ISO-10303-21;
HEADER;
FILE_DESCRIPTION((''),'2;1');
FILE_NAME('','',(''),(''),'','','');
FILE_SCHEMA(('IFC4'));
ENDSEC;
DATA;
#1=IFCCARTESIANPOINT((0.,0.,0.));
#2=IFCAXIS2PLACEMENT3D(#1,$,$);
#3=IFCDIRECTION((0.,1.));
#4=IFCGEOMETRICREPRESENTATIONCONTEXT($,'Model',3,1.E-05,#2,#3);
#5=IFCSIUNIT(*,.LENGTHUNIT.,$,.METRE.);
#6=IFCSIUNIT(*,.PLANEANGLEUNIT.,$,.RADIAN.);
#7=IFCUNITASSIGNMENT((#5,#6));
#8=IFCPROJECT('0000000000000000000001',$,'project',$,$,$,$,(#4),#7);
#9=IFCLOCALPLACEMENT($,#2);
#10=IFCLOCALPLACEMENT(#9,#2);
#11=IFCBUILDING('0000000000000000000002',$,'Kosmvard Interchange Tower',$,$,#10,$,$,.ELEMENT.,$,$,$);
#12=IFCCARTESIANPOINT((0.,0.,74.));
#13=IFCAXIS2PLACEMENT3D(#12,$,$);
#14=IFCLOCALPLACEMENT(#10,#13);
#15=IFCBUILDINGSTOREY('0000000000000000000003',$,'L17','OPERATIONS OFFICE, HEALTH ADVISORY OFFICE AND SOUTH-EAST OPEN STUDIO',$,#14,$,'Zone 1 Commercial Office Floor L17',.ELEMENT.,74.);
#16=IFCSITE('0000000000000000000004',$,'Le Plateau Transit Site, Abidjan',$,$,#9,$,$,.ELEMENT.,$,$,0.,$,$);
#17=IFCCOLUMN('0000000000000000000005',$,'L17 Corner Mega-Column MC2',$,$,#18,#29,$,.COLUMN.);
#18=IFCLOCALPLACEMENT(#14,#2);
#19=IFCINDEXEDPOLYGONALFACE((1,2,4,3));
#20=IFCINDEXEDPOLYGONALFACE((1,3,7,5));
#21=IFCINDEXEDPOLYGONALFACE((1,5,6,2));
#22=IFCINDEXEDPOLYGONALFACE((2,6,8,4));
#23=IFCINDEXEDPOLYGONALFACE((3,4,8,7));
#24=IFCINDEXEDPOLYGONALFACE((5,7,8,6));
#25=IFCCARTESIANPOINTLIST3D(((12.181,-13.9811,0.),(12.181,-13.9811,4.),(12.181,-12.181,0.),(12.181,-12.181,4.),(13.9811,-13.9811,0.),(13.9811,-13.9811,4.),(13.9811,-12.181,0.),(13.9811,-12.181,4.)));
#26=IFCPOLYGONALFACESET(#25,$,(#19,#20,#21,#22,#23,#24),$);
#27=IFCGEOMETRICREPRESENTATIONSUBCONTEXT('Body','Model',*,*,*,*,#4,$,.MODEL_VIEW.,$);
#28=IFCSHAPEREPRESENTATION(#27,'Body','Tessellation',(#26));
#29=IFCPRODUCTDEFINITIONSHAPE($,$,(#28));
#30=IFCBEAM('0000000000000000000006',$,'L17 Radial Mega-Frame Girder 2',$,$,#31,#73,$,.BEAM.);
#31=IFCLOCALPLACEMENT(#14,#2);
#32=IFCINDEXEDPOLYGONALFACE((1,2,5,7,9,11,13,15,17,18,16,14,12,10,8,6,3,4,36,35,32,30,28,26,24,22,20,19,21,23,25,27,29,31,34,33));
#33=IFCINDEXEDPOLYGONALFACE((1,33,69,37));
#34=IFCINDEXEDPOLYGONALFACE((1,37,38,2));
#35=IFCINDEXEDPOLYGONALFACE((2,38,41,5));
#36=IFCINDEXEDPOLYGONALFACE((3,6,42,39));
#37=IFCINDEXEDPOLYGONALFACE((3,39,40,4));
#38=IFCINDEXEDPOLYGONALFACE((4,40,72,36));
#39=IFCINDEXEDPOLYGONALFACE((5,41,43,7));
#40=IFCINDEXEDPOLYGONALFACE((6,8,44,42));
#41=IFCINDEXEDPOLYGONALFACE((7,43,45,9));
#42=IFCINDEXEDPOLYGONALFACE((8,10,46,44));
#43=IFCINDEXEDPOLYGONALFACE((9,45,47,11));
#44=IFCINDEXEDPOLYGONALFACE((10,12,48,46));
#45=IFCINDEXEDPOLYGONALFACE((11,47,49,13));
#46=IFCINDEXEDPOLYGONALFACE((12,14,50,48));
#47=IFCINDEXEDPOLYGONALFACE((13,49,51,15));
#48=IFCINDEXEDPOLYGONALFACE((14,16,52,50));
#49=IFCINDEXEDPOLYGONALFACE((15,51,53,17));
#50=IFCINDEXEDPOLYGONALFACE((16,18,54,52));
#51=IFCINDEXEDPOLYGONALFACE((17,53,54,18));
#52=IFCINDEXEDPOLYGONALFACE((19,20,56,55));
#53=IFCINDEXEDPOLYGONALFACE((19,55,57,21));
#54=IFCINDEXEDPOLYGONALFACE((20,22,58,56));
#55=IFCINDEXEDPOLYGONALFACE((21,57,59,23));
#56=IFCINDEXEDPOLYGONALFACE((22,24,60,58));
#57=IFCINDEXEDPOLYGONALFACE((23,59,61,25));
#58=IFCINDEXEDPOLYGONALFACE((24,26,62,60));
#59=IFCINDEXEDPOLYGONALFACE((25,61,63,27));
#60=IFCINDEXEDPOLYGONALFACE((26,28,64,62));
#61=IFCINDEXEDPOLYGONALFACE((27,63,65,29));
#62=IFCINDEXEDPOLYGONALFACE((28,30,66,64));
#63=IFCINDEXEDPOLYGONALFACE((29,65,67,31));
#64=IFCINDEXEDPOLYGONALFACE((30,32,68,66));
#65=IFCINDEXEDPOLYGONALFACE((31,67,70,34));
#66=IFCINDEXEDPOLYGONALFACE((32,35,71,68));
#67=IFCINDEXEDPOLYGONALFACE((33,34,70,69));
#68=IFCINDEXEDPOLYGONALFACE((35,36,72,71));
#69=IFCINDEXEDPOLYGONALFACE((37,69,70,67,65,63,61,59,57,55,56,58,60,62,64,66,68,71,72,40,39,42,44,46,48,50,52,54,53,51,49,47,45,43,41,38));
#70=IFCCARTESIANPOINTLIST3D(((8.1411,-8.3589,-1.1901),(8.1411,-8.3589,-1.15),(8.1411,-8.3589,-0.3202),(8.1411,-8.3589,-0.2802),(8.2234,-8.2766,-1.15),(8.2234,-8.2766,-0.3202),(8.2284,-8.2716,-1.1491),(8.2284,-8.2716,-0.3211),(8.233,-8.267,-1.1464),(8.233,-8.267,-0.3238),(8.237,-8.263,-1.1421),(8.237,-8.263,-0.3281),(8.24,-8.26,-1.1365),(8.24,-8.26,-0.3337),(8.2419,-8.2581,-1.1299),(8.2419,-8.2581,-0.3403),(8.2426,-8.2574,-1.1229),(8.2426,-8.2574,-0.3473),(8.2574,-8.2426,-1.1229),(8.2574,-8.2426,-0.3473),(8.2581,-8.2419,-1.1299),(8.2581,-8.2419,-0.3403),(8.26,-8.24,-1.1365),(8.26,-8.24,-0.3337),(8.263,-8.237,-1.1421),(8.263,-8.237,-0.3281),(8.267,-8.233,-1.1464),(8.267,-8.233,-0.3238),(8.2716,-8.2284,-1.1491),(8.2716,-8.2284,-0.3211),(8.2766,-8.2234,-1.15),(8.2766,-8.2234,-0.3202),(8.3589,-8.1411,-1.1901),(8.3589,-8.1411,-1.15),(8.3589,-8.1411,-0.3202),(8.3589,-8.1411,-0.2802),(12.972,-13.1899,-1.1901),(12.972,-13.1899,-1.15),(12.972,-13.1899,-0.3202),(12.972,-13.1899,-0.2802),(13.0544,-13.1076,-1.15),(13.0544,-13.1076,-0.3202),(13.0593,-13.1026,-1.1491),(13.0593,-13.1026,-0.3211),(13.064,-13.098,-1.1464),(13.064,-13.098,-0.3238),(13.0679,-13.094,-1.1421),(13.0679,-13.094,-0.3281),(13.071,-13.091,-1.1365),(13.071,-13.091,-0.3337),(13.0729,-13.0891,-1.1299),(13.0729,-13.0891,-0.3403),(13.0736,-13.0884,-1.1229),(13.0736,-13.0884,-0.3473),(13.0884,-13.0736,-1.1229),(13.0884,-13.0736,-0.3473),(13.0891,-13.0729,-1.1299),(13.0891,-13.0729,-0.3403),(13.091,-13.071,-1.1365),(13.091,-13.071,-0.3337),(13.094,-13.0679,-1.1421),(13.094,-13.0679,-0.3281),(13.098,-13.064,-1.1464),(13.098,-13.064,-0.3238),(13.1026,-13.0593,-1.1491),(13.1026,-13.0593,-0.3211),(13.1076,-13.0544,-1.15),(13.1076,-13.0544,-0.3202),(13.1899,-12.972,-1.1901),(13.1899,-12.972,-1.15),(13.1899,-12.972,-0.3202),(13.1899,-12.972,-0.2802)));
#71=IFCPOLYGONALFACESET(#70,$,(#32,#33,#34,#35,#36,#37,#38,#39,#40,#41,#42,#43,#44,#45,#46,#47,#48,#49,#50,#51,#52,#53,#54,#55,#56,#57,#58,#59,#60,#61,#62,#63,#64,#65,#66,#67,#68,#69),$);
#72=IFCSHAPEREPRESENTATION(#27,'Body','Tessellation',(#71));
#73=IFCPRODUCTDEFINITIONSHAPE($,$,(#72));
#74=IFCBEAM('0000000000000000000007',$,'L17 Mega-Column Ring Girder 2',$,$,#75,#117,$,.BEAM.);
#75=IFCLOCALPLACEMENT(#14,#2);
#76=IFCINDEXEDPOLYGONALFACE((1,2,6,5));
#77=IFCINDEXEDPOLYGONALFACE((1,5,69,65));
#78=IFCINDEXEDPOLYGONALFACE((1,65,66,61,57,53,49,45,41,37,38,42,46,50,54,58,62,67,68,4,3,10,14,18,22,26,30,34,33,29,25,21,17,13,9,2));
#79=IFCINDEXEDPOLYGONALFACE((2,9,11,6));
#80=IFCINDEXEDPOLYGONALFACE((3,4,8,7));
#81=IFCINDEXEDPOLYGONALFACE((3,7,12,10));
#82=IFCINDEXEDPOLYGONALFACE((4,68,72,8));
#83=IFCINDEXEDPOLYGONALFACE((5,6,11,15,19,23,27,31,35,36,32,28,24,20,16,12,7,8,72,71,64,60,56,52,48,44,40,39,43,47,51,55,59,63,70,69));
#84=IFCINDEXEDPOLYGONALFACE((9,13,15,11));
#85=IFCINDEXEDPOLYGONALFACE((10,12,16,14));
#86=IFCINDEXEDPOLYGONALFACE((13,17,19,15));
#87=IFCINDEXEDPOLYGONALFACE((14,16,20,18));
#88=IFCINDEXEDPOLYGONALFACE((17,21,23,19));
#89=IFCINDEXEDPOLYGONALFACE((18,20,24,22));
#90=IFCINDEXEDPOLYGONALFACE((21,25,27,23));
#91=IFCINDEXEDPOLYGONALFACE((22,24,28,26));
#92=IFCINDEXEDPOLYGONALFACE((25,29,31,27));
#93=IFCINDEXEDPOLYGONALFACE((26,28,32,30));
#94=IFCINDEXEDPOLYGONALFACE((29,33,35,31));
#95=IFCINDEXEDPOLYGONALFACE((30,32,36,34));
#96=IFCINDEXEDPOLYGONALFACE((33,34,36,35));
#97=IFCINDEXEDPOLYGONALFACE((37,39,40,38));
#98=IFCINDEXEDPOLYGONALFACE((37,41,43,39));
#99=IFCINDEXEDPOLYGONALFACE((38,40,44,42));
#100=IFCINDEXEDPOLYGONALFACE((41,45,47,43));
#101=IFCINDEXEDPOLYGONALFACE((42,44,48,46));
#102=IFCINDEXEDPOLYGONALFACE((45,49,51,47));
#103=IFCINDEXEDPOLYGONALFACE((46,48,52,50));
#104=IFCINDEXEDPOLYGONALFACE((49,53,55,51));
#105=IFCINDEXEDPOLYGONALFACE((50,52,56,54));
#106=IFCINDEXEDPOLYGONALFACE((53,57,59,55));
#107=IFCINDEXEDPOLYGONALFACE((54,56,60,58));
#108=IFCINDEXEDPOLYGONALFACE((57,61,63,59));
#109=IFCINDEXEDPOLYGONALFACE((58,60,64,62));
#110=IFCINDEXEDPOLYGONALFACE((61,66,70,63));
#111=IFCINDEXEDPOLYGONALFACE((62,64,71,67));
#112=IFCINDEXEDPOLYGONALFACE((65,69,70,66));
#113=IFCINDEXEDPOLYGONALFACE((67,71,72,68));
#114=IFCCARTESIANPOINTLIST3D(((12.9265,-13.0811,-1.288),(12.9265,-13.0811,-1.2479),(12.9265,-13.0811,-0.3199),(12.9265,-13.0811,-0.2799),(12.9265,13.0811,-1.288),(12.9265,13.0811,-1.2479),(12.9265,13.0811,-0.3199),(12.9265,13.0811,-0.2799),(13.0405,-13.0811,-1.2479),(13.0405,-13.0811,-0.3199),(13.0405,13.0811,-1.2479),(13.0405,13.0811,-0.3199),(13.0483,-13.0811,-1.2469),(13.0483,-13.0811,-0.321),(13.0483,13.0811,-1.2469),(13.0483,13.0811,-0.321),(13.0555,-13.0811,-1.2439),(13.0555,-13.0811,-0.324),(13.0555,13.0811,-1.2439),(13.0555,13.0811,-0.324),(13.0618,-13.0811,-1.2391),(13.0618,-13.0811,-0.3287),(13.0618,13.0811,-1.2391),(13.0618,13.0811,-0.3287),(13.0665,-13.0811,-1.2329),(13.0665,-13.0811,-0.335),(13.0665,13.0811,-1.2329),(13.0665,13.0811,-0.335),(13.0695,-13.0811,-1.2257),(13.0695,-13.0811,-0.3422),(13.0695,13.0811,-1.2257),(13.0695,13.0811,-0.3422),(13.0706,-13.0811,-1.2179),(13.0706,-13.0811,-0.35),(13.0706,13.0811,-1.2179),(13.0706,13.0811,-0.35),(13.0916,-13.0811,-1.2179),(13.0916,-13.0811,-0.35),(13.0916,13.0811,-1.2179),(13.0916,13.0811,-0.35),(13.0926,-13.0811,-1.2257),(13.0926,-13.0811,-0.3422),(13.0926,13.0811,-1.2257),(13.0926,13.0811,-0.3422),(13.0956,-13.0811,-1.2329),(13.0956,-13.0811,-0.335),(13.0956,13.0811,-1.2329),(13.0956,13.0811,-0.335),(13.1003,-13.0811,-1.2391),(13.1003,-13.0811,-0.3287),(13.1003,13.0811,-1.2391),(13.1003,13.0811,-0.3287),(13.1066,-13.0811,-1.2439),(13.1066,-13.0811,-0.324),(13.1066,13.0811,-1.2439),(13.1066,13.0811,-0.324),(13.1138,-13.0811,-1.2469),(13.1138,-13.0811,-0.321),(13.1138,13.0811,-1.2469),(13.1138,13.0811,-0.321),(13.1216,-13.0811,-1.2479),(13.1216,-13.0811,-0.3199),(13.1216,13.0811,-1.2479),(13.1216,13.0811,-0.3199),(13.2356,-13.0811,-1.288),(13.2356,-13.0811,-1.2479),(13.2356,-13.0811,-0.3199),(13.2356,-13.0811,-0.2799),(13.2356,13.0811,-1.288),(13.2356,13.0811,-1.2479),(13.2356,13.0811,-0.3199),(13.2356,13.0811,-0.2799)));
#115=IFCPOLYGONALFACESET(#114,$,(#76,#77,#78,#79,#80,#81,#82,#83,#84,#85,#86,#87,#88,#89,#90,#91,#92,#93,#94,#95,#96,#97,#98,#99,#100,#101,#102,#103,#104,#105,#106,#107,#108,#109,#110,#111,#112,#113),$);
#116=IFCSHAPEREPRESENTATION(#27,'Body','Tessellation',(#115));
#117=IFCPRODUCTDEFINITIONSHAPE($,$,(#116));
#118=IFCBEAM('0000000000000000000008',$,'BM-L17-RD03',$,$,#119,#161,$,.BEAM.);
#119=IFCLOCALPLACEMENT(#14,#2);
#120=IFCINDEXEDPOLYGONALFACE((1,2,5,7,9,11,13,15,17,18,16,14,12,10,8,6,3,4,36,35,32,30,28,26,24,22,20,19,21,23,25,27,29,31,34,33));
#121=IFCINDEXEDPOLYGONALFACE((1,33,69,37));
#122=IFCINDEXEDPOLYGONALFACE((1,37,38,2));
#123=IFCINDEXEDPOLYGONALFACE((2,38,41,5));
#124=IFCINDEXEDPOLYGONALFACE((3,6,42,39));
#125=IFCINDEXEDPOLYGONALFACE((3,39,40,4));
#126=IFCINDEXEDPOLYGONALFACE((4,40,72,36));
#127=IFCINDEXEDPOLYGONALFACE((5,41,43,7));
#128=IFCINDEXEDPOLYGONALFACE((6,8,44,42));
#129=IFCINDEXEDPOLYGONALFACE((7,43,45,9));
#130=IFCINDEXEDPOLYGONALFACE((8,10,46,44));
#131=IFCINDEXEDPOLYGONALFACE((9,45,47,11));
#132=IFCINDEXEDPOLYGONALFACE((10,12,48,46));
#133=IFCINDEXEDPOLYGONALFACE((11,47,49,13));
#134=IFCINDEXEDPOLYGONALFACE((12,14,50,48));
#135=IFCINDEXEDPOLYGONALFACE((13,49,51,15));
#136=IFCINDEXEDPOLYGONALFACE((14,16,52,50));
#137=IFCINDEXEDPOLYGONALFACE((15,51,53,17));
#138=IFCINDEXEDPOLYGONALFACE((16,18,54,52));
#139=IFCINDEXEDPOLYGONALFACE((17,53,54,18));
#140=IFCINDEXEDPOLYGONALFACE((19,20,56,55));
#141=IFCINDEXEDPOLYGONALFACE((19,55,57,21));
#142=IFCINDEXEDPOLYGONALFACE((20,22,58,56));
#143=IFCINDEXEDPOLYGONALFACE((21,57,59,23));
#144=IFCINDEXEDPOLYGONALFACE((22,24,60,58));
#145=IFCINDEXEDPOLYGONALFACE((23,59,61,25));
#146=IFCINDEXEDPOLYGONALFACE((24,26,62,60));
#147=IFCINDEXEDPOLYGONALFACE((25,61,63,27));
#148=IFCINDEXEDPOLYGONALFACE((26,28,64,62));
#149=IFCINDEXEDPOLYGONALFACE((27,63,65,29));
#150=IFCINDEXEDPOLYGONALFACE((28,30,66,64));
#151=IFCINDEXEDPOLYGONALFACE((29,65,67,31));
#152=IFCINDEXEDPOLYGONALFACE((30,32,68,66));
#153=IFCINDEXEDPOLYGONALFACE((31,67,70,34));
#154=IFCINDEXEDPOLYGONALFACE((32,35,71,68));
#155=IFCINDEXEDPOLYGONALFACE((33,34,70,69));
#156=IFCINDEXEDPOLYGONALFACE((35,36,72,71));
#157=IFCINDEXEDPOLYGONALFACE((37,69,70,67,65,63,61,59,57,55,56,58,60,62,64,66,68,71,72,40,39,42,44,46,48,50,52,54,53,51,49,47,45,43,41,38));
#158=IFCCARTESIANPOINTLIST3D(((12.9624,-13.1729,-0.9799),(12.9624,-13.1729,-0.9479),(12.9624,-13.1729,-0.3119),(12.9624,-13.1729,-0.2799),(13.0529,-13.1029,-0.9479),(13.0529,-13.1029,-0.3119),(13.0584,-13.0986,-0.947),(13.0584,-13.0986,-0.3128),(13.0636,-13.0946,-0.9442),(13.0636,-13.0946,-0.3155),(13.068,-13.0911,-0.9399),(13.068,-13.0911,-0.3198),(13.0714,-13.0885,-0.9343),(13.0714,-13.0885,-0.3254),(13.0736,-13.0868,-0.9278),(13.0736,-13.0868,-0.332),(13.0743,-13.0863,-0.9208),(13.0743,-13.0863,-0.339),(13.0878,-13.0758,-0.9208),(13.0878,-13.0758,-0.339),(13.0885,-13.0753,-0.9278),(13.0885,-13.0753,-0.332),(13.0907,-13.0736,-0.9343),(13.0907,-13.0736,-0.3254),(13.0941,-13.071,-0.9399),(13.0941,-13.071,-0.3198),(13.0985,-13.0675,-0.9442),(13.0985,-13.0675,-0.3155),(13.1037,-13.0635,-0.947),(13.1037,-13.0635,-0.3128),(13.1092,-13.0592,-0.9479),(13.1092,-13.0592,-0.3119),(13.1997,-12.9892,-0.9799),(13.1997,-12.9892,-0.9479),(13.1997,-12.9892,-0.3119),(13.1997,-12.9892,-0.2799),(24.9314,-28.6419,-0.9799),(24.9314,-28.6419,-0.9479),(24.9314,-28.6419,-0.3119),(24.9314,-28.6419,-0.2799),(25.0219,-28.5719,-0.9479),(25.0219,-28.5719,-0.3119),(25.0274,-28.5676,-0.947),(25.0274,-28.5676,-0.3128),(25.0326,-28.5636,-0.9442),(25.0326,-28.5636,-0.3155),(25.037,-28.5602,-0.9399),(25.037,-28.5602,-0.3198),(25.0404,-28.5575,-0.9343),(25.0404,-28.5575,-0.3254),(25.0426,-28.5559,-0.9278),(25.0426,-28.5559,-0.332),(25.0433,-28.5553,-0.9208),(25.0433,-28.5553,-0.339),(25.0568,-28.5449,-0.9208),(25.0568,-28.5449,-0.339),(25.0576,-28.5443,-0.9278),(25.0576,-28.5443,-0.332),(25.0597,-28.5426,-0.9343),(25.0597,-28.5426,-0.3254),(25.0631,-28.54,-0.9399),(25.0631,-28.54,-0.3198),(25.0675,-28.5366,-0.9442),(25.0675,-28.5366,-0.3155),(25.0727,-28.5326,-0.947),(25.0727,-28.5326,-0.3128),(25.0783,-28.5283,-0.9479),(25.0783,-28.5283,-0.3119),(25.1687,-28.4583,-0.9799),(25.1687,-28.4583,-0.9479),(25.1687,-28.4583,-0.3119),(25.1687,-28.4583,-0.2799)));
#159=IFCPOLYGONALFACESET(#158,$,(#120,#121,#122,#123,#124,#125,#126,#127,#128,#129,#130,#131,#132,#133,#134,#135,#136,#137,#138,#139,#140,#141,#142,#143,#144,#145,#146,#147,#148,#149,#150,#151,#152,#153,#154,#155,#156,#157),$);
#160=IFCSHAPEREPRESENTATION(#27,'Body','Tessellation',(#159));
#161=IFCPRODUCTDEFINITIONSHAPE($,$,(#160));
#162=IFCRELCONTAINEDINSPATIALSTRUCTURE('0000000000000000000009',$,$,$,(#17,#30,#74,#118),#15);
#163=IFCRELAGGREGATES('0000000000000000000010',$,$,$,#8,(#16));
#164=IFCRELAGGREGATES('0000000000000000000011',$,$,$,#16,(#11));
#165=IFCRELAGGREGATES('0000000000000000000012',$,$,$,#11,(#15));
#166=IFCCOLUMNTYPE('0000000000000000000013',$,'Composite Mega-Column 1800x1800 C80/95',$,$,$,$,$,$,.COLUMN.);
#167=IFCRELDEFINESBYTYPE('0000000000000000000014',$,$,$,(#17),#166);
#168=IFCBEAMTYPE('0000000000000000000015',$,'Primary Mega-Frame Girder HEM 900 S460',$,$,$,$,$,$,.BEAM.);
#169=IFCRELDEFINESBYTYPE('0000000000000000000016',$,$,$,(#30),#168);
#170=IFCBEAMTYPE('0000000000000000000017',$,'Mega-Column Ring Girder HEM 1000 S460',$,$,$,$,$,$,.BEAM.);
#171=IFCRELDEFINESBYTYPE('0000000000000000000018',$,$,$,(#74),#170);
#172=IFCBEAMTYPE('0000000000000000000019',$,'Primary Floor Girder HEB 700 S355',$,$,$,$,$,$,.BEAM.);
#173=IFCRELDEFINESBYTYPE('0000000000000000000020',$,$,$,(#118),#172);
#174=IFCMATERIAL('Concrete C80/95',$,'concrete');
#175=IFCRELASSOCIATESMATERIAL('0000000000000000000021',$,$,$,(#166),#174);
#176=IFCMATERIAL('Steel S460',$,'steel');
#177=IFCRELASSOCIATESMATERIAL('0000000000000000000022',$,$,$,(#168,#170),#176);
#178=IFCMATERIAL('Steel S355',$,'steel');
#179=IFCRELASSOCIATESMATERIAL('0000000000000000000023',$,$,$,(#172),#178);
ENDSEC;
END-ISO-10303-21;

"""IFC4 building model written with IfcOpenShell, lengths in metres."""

from ifc_helpers import new_model, si_unit, direction, frame, origin, origin_2d, place, context, subcontext, project, spatial, rectangle, i_section, extrude, source, transform, mapped, material, material_profile, profile_set, type_object, element, save


model = new_model("IFC4")

# Units and contexts
model_context = context("Model", 3, precision=1e-05, world=origin(), true_north=direction((0.0, 1.0)))
body_context = subcontext(model_context, "Body", "Model", "MODEL_VIEW")
ifc_project = project(units=[si_unit("LENGTHUNIT", "METRE"), si_unit("PLANEANGLEUNIT", "RADIAN")], contexts=[model_context])

# Site, building, storey
site_placement = place(None, origin())
site = spatial("IfcSite", under=ifc_project, at=site_placement, Name="Le Plateau Transit Site, Abidjan", CompositionType="ELEMENT", RefElevation=0.0)
building_placement = place(site_placement, origin())
building = spatial("IfcBuilding", under=site, at=building_placement, Name="Kosmvard Interchange Tower", CompositionType="ELEMENT")
storey_placement = place(building_placement, frame((0.0, 0.0, 74.0)))
storey = spatial("IfcBuildingStorey", under=building, at=storey_placement, Name="L17", Description="OPERATIONS OFFICE, HEALTH ADVISORY OFFICE AND SOUTH-EAST OPEN STUDIO", LongName="Zone 1 Commercial Office Floor L17", CompositionType="ELEMENT", Elevation=74.0)

# Column
ifc_material_1 = material(Name="Concrete C80/95", Category="concrete")
ifc_material_profile_1 = material_profile(ifc_material_1, rectangle(XDim=1.8, YDim=1.8, at=origin_2d()), Name="MC 1800x1800")
ifc_profile_set_1 = profile_set([ifc_material_profile_1], Name="Concrete C80/95")
column_type = type_object("IfcColumnType", Name="Composite Mega-Column 1800x1800 C80/95", PredefinedType="COLUMN", material=ifc_profile_set_1)
shared_shape_1 = source(origin(), body_context, "Body", "SweptSolid", [
    extrude(rectangle(XDim=1.8, YDim=1.8, at=origin_2d()), origin(), (0.0, 0.0, 1.0), 4.0),
])
column_placement = place(storey_placement, frame((13.0811, -13.0811, 0.0), z_axis=(0.0, 0.0, 1.0), x_axis=(1.0, 0.0, 0.0)))
element("IfcColumn", 1, at=column_placement, inside=storey, type_object=column_type, Name="L17 Corner Mega-Column MC2", PredefinedType="COLUMN", context=body_context, shape_type="MappedRepresentation", body=[
    mapped(shared_shape_1, transform((0.0, 0.0, 0.0), scale=1.0)),
])

# Beams
ifc_material_2 = material(Name="Steel S460", Category="steel")
ifc_material_profile_2 = material_profile(ifc_material_2, i_section(OverallWidth=0.3081, OverallDepth=0.9099, WebThickness=0.021, FlangeThickness=0.04, FilletRadius=0.0271, at=origin_2d()), Name="HEM 900")
ifc_profile_set_2 = profile_set([ifc_material_profile_2], Name="Steel S460")
beam_type_1 = type_object("IfcBeamType", Name="Primary Mega-Frame Girder HEM 900 S460", PredefinedType="BEAM", material=ifc_profile_set_2)
shared_shape_2 = source(origin(), body_context, "Body", "SweptSolid", [
    extrude(i_section(OverallWidth=0.3081, OverallDepth=0.9099, WebThickness=0.021, FlangeThickness=0.04, FilletRadius=0.0271, at=origin_2d()), origin(), (0.0, 0.0, 1.0), 6.832),
])
beam_1_placement = place(storey_placement, frame((8.25, -8.25, -0.7351), z_axis=(0.707107, -0.707107, 0.0), x_axis=(0.707107, 0.707107, 0.0)))
element("IfcBeam", 2, at=beam_1_placement, inside=storey, type_object=beam_type_1, Name="L17 Radial Mega-Frame Girder 2", PredefinedType="BEAM", context=body_context, shape_type="MappedRepresentation", body=[
    mapped(shared_shape_2, transform((0.0, 0.0, 0.0), scale=1.0)),
])
ifc_material_profile_3 = material_profile(ifc_material_2, i_section(OverallWidth=0.3091, OverallDepth=1.0081, WebThickness=0.021, FlangeThickness=0.04, FilletRadius=0.03, at=origin_2d()), Name="HEM 1000")
ifc_profile_set_3 = profile_set([ifc_material_profile_3], Name="Steel S460")
beam_type_2 = type_object("IfcBeamType", Name="Mega-Column Ring Girder HEM 1000 S460", PredefinedType="BEAM", material=ifc_profile_set_3)
shared_shape_3 = source(origin(), body_context, "Body", "SweptSolid", [
    extrude(i_section(OverallWidth=0.3091, OverallDepth=1.0081, WebThickness=0.021, FlangeThickness=0.04, FilletRadius=0.03, at=origin_2d()), origin(), (0.0, 0.0, 1.0), 26.1621),
])
beam_2_placement = place(storey_placement, frame((13.0811, -13.0811, -0.7839), z_axis=(0.0, 1.0, 0.0), x_axis=(-1.0, 0.0, 0.0)))
element("IfcBeam", 3, at=beam_2_placement, inside=storey, type_object=beam_type_2, Name="L17 Mega-Column Ring Girder 2", PredefinedType="BEAM", context=body_context, shape_type="MappedRepresentation", body=[
    mapped(shared_shape_3, transform((0.0, 0.0, 0.0), scale=1.0)),
])
ifc_material_3 = material(Name="Steel S355", Category="steel")
ifc_material_profile_4 = material_profile(ifc_material_3, i_section(OverallWidth=0.3, OverallDepth=0.7, WebThickness=0.0171, FlangeThickness=0.032, FilletRadius=0.0271, at=origin_2d()), Name="HEB 700")
ifc_profile_set_4 = profile_set([ifc_material_profile_4], Name="Steel S355")
beam_type_3 = type_object("IfcBeamType", Name="Primary Floor Girder HEB 700 S355", PredefinedType="BEAM", material=ifc_profile_set_4)
shared_shape_4 = source(origin(), body_context, "Body", "SweptSolid", [
    extrude(i_section(OverallWidth=0.3, OverallDepth=0.7, WebThickness=0.0171, FlangeThickness=0.032, FilletRadius=0.0271, at=origin_2d()), origin(), (0.0, 0.0, 1.0), 19.5588),
])
for number, where, z_axis, x_axis, name in (
    (4, (13.0811, -13.0811, -0.6299), (0.611949, -0.790897, 0.0), (0.790897, 0.611949, 0.0), "BM-L17-RD03"),
):
    element("IfcBeam", number, at=place(storey_placement, frame(where, z_axis=z_axis, x_axis=x_axis)), inside=storey, type_object=beam_type_3, Name=name, PredefinedType="BEAM", context=body_context, shape_type="MappedRepresentation", body=[
        mapped(shared_shape_4, transform((0.0, 0.0, 0.0), scale=1.0)),
    ])

save(model, "model.ifc")
